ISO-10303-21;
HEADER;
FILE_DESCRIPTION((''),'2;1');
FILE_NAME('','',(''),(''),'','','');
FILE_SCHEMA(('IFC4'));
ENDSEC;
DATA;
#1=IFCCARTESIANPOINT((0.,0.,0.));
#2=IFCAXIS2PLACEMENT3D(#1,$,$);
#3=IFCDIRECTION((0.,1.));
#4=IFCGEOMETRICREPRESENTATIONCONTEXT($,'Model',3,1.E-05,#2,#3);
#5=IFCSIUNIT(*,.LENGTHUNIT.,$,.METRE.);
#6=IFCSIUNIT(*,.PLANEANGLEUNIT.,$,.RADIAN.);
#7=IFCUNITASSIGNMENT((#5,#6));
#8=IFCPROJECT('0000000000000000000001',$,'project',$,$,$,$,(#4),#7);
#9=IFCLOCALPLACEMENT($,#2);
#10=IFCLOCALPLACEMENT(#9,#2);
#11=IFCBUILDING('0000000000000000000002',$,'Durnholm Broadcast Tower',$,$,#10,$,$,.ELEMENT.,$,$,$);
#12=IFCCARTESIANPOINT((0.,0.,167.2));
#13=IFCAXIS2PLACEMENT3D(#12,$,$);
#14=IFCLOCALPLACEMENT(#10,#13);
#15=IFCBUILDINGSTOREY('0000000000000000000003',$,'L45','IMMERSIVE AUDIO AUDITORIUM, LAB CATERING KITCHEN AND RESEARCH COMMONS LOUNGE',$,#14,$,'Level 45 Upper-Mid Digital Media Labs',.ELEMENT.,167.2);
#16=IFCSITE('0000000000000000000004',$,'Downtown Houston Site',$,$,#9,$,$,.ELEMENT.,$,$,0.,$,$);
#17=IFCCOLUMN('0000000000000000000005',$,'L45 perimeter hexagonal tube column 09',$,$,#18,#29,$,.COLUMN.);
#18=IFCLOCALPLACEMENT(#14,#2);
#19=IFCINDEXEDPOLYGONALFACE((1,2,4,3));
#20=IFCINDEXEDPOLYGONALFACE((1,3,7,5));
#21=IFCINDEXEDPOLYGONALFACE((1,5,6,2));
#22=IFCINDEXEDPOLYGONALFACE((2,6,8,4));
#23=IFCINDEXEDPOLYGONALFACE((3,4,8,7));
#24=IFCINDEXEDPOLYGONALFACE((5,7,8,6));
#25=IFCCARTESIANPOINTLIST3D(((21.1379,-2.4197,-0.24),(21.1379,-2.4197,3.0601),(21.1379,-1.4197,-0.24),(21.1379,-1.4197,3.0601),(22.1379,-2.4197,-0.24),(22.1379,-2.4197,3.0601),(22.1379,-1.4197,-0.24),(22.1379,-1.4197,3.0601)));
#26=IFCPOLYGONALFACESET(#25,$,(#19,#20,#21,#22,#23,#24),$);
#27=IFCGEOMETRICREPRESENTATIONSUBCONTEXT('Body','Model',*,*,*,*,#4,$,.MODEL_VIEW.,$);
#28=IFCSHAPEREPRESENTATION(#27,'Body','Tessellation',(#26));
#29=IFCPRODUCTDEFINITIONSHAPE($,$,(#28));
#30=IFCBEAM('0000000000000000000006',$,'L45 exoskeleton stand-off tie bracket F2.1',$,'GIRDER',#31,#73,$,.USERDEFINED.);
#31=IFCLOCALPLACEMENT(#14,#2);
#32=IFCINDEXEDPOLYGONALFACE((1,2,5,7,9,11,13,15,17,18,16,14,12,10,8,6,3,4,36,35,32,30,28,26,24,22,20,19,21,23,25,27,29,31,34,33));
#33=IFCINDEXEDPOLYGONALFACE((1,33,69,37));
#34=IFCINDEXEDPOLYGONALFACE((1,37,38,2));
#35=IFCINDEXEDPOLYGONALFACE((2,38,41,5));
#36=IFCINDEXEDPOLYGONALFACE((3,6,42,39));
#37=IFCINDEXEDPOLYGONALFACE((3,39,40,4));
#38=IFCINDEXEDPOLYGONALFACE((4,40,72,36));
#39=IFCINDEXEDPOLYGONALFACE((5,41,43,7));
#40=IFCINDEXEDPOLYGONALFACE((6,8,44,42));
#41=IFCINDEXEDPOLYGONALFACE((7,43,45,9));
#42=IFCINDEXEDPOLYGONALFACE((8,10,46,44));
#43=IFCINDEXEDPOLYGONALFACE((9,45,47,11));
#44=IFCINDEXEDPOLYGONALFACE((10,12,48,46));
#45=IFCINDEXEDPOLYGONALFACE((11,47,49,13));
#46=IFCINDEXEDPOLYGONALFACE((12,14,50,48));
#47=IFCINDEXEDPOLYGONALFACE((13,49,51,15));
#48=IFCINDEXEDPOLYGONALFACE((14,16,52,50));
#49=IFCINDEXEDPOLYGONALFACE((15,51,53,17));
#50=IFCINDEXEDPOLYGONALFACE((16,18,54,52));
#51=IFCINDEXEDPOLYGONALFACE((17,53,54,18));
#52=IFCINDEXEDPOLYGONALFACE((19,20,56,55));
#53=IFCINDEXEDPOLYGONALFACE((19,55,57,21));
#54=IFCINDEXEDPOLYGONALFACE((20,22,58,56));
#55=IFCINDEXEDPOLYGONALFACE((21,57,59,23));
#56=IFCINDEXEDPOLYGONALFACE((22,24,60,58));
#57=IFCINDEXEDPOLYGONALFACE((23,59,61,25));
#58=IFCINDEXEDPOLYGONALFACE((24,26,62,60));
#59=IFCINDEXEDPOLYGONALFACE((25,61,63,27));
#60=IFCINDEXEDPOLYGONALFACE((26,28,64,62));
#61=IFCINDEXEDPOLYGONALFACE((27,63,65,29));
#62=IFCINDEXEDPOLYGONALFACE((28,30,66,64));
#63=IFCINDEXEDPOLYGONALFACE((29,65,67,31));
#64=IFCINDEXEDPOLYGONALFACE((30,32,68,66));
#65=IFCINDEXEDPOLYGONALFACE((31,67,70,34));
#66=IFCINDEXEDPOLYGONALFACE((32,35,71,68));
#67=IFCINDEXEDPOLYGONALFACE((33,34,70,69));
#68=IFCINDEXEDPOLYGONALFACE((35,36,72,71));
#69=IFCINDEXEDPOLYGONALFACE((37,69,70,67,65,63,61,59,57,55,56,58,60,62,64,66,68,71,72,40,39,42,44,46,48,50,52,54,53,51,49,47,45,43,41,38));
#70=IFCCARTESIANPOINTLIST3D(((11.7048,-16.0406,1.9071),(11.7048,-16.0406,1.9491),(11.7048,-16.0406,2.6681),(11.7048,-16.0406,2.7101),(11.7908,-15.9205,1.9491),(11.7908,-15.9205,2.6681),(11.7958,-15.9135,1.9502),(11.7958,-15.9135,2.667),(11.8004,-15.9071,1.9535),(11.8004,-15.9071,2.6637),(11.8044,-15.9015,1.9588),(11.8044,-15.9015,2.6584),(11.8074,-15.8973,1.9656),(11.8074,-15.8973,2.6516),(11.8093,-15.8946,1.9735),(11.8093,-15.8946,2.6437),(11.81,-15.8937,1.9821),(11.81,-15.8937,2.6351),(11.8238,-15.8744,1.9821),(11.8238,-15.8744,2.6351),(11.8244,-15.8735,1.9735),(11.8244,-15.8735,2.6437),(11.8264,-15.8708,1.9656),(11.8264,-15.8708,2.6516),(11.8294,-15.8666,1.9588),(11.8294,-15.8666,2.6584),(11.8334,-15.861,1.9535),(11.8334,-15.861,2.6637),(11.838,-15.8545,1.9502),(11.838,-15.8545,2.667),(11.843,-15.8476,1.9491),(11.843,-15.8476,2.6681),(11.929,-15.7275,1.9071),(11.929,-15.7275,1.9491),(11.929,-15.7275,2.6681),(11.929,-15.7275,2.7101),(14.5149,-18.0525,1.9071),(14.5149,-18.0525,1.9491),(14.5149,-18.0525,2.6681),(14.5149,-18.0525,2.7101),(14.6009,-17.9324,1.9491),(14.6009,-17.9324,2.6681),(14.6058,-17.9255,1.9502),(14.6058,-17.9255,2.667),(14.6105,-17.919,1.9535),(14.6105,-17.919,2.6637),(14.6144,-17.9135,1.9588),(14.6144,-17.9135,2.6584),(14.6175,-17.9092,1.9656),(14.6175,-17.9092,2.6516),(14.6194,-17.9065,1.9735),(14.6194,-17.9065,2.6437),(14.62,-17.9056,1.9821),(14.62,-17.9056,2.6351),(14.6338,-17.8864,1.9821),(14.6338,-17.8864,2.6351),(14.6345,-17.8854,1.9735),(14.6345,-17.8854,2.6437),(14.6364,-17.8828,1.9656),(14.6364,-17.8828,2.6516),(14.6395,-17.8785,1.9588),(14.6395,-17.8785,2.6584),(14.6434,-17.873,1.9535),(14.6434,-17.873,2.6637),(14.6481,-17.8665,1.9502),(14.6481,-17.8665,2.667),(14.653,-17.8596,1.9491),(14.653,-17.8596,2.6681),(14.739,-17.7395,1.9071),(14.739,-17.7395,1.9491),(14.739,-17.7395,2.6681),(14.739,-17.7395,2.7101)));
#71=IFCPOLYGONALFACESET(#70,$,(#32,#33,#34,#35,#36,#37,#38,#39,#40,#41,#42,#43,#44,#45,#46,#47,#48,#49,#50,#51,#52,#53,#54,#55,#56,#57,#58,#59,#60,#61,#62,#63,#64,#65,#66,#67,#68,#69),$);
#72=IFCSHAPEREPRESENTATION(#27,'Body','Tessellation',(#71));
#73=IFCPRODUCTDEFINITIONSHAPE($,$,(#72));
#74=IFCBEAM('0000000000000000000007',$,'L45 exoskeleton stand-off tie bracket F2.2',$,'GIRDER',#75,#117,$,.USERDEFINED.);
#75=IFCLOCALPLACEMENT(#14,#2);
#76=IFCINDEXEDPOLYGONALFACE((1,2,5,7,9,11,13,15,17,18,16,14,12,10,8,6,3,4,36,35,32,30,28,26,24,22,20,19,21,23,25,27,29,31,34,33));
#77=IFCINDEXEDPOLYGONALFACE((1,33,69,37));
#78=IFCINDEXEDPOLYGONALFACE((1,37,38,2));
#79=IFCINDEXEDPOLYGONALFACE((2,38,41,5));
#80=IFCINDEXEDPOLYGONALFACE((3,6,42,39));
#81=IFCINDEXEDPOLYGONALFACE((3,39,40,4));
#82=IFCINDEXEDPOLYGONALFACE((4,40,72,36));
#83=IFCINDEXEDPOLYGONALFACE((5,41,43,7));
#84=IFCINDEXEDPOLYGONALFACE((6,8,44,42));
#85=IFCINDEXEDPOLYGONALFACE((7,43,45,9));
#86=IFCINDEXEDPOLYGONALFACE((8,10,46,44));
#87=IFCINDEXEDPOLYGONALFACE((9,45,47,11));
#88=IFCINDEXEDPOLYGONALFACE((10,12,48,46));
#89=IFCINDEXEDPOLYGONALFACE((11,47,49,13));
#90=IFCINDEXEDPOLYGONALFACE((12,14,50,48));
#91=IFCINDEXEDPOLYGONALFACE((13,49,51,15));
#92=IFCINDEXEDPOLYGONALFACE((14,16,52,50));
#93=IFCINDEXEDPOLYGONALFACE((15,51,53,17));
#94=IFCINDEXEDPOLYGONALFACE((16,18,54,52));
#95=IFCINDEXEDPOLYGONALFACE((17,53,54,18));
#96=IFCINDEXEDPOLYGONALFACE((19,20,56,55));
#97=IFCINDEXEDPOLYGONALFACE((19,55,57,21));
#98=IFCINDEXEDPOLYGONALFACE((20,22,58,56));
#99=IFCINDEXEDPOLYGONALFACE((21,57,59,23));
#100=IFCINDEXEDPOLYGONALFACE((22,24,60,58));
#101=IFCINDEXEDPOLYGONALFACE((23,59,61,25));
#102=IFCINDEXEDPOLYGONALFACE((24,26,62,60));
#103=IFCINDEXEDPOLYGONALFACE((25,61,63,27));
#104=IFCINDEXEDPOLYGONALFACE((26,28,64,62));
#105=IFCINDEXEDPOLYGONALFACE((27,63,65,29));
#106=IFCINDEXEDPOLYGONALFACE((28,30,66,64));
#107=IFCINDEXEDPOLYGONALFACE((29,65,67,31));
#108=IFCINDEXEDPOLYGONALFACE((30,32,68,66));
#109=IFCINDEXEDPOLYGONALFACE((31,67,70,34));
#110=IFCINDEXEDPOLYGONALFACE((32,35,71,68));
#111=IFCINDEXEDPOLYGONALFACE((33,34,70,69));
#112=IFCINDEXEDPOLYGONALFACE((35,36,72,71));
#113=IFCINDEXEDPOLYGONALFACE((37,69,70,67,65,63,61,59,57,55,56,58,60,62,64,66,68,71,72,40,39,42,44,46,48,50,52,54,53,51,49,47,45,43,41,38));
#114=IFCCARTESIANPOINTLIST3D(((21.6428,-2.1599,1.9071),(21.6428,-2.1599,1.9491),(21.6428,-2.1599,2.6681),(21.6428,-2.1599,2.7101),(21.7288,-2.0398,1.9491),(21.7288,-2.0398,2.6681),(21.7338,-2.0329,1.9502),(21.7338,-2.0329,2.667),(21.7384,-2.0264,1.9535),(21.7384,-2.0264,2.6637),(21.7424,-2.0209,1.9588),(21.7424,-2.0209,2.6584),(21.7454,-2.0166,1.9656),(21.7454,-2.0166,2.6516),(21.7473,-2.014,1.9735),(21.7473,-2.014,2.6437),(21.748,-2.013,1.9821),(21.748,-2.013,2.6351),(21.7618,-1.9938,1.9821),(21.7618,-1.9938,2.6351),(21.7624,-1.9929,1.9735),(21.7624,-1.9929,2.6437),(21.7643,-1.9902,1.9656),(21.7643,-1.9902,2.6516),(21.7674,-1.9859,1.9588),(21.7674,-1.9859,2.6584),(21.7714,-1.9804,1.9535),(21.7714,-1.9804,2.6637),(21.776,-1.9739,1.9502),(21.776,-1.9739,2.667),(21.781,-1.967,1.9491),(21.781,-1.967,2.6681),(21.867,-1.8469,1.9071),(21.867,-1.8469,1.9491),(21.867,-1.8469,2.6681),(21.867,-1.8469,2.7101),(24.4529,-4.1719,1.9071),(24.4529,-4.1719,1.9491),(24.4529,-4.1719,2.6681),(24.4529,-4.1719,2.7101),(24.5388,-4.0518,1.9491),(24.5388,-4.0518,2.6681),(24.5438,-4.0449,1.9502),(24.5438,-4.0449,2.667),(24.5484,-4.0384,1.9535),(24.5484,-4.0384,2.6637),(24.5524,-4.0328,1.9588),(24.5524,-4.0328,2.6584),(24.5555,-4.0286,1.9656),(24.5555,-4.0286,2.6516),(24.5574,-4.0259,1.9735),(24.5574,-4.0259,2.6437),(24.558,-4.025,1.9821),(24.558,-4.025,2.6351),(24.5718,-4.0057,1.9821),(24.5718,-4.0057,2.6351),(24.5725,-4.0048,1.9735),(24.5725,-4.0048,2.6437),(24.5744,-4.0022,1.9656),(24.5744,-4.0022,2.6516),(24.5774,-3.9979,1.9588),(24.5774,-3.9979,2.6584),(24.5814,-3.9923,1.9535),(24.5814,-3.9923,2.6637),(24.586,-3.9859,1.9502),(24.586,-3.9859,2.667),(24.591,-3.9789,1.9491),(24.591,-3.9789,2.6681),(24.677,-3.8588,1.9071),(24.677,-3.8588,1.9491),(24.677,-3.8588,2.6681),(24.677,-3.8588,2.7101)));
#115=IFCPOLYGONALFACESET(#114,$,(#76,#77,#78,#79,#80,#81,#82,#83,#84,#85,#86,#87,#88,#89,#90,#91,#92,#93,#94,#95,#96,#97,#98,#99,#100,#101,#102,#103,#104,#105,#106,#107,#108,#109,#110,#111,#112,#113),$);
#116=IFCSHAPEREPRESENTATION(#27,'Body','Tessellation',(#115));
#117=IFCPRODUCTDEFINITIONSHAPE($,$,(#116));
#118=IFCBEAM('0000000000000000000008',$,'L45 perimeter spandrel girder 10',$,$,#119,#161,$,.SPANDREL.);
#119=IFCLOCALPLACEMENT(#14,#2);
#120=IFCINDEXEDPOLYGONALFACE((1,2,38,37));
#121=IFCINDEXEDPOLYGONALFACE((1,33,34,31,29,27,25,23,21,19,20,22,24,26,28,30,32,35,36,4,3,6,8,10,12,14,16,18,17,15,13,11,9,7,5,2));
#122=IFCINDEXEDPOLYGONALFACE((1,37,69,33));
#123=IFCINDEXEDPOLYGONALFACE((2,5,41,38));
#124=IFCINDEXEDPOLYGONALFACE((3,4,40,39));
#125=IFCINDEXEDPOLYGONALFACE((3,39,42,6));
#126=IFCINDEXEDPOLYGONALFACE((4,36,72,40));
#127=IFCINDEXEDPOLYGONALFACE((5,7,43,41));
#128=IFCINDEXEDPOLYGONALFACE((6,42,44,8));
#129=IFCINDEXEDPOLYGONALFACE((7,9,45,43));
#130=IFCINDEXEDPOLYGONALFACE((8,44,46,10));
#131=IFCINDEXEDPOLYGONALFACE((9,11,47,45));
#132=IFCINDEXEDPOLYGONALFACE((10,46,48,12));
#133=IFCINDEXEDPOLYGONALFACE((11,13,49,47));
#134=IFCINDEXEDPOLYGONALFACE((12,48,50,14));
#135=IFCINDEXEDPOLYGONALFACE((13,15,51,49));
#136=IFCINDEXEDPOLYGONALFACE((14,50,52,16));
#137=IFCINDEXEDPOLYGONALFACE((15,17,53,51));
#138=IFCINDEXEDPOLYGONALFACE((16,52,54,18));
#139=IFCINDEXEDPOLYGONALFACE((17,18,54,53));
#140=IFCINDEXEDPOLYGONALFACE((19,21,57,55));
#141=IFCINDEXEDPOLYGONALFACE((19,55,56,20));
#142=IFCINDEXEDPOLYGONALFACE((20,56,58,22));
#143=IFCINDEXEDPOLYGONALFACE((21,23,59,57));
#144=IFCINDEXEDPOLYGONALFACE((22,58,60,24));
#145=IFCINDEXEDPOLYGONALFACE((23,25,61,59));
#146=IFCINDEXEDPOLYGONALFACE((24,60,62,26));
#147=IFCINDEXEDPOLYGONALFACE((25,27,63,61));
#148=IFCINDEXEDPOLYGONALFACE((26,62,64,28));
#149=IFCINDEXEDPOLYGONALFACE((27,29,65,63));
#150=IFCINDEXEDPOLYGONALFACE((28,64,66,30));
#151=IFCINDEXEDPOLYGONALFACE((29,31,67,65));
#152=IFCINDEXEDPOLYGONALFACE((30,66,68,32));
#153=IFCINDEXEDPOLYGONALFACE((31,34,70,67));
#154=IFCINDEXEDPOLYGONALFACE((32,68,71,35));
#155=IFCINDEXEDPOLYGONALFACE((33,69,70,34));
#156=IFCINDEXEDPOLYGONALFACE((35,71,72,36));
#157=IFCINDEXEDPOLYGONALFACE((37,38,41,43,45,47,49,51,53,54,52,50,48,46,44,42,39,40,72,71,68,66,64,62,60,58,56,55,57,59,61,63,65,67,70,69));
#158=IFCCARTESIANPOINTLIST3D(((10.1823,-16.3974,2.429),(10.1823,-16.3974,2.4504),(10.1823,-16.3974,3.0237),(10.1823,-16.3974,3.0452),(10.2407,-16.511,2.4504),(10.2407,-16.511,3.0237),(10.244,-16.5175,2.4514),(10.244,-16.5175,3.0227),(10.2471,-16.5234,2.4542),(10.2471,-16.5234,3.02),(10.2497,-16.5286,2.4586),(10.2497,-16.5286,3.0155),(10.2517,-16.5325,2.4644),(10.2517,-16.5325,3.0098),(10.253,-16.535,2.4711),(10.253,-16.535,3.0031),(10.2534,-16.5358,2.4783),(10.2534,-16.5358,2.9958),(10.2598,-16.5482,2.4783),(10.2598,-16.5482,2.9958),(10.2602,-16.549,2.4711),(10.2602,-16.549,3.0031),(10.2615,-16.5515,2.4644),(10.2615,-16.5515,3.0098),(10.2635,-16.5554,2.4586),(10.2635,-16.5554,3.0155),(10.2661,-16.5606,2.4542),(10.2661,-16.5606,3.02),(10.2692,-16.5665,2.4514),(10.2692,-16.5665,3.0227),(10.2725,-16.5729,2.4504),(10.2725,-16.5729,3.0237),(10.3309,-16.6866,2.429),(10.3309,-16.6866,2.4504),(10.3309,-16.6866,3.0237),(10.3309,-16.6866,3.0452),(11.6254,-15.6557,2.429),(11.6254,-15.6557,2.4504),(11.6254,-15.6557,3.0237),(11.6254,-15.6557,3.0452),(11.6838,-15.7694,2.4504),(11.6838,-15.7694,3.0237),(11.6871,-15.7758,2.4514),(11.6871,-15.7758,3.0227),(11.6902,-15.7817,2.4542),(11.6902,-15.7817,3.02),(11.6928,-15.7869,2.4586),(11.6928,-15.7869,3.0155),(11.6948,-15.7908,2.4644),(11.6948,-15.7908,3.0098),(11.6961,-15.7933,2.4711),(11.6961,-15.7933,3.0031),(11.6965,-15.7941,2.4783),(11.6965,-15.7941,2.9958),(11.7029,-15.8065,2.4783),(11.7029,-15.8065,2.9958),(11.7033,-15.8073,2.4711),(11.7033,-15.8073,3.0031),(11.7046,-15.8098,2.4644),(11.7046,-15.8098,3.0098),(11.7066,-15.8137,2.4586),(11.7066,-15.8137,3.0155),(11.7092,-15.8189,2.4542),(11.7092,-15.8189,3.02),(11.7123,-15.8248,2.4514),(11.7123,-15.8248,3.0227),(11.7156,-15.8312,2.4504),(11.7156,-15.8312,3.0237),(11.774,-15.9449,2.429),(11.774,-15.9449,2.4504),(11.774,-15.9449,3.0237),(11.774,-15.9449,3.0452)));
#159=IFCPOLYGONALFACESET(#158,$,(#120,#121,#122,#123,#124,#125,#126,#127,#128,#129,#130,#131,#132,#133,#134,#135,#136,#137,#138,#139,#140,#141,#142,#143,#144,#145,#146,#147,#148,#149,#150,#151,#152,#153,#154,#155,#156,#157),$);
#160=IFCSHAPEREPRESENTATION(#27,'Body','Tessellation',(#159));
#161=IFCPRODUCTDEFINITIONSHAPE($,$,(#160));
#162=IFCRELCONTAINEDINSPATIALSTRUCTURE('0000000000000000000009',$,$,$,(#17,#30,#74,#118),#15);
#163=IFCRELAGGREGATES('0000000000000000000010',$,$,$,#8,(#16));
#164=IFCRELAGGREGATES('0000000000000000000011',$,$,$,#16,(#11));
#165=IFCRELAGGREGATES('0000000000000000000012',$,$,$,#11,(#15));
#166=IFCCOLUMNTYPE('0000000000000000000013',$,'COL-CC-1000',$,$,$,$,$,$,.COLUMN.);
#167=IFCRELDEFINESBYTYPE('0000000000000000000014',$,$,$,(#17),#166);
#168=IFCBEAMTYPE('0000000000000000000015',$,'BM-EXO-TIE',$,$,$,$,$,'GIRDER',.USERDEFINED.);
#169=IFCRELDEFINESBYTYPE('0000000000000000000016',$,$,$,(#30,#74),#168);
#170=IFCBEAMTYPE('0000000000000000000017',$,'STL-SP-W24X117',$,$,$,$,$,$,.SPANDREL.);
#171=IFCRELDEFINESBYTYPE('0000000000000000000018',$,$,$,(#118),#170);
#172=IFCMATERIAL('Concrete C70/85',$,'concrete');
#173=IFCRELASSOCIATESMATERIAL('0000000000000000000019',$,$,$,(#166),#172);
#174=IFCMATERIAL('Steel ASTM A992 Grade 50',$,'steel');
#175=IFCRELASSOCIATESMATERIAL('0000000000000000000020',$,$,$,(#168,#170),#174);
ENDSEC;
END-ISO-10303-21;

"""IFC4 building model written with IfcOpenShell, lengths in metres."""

from ifc_helpers import new_model, si_unit, direction, frame, origin, origin_2d, place, context, subcontext, project, spatial, rectangle, i_section, extrude, source, transform, mapped, material, material_profile, profile_set, type_object, type_shapes, element, save


model = new_model("IFC4")

# Units and contexts
model_context = context("Model", 3, precision=1e-05, world=origin(), true_north=direction((0.0, 1.0)))
body_context = subcontext(model_context, "Body", "Model", "MODEL_VIEW")
ifc_project = project(units=[si_unit("LENGTHUNIT", "METRE"), si_unit("PLANEANGLEUNIT", "RADIAN")], contexts=[model_context])

# Site, building, storey
site_placement = place(None, origin())
site = spatial("IfcSite", under=ifc_project, at=site_placement, Name="Downtown Houston Site", CompositionType="ELEMENT", RefElevation=0.0)
building_placement = place(site_placement, origin())
building = spatial("IfcBuilding", under=site, at=building_placement, Name="Durnholm Broadcast Tower", CompositionType="ELEMENT")
storey_placement = place(building_placement, frame((0.0, 0.0, 167.2)))
storey = spatial("IfcBuildingStorey", under=building, at=storey_placement, Name="L45", Description="IMMERSIVE AUDIO AUDITORIUM, LAB CATERING KITCHEN AND RESEARCH COMMONS LOUNGE", LongName="Level 45 Upper-Mid Digital Media Labs", CompositionType="ELEMENT", Elevation=167.2)

# Column
ifc_material_1 = material(Name="Concrete C70/85", Category="concrete")
ifc_material_profile_1 = material_profile(ifc_material_1, rectangle(XDim=1.0, YDim=1.0, at=origin_2d()), Name="RC1000X1000")
ifc_profile_set_1 = profile_set([ifc_material_profile_1], Name="Concrete C70/85")
column_type = type_object("IfcColumnType", Name="COL-CC-1000", PredefinedType="COLUMN", material=ifc_profile_set_1)
shared_shape_1 = source(origin(), body_context, "Body", "SweptSolid", [
    extrude(rectangle(XDim=1.0, YDim=1.0, at=origin_2d()), origin(), (0.0, 0.0, 1.0), 3.3),
])
type_shapes(column_type, [shared_shape_1])
column_placement = place(storey_placement, frame((21.6379, -1.9197, -0.24), z_axis=(0.0, 0.0, 1.0), x_axis=(1.0, 0.0, 0.0)))
element("IfcColumn", 1, at=column_placement, inside=storey, type_object=column_type, Name="L45 perimeter hexagonal tube column 09", PredefinedType="COLUMN", context=body_context, shape_type="MappedRepresentation", body=[
    mapped(shared_shape_1, transform((0.0, 0.0, 0.0), x_axis=(1.0, 0.0, 0.0), y_axis=(0.0, 1.0, 0.0), z_axis=(0.0, 0.0, 1.0), scale=1.0)),
])

# Beams
ifc_material_2 = material(Name="Steel ASTM A992 Grade 50", Category="steel")
ifc_material_profile_2 = material_profile(ifc_material_2, i_section(OverallWidth=0.385, OverallDepth=0.803, WebThickness=0.0237, FlangeThickness=0.042, FilletRadius=0.033, at=origin_2d()), Name="W30X261")
ifc_profile_set_2 = profile_set([ifc_material_profile_2], Name="Steel ASTM A992 Grade 50")
beam_type_1 = type_object("IfcBeamType", Name="BM-EXO-TIE", ElementType="GIRDER", PredefinedType="USERDEFINED", material=ifc_profile_set_2)
shared_shape_2 = source(origin(), body_context, "Body", "SweptSolid", [
    extrude(i_section(OverallWidth=0.385, OverallDepth=0.803, WebThickness=0.0237, FlangeThickness=0.042, FilletRadius=0.033, at=origin_2d()), origin(), (0.0, 0.0, 1.0), 3.4561),
])
for number, where, z_axis, x_axis, name in (
    (2, (11.8169, -15.884, 2.3086), (0.813079, -0.582153, 0.0), (0.582153, 0.813079, 0.0), "L45 exoskeleton stand-off tie bracket F2.1"),
    (3, (21.7549, -2.0034, 2.3086), (0.813079, -0.582153, 0.0), (0.582153, 0.813079, 0.0), "L45 exoskeleton stand-off tie bracket F2.2"),
):
    element("IfcBeam", number, at=place(storey_placement, frame(where, z_axis=z_axis, x_axis=x_axis)), inside=storey, type_object=beam_type_1, Name=name, ObjectType="GIRDER", PredefinedType="USERDEFINED", context=body_context, shape_type="MappedRepresentation", body=[
        mapped(shared_shape_2, transform((0.0, 0.0, 0.0), x_axis=(1.0, 0.0, 0.0), y_axis=(0.0, 1.0, 0.0), z_axis=(0.0, 0.0, 1.0), scale=1.0)),
    ])
ifc_material_profile_3 = material_profile(ifc_material_2, i_section(OverallWidth=0.3252, OverallDepth=0.6162, WebThickness=0.0139, FlangeThickness=0.0215, FilletRadius=0.0278, at=origin_2d()), Name="W24X117")
ifc_profile_set_3 = profile_set([ifc_material_profile_3], Name="Steel ASTM A992 Grade 50")
beam_type_2 = type_object("IfcBeamType", Name="STL-SP-W24X117", PredefinedType="SPANDREL", material=ifc_profile_set_3)
shared_shape_3 = source(origin(), body_context, "Body", "SweptSolid", [
    extrude(i_section(OverallWidth=0.3252, OverallDepth=0.6162, WebThickness=0.0139, FlangeThickness=0.0215, FilletRadius=0.0278, at=origin_2d()), origin(), (0.0, 0.0, 1.0), 1.6226),
])
beam_1_placement = place(storey_placement, frame((11.6997, -15.8003, 2.7371), z_axis=(-0.889407, -0.457117, 0.0), x_axis=(0.457117, -0.889407, 0.0)))
element("IfcBeam", 4, at=beam_1_placement, inside=storey, type_object=beam_type_2, Name="L45 perimeter spandrel girder 10", PredefinedType="SPANDREL", context=body_context, shape_type="MappedRepresentation", body=[
    mapped(shared_shape_3, transform((0.0, 0.0, 0.0), x_axis=(1.0, 0.0, 0.0), y_axis=(0.0, 1.0, 0.0), z_axis=(0.0, 0.0, 1.0), scale=1.0)),
])

save(model, "model.ifc")
